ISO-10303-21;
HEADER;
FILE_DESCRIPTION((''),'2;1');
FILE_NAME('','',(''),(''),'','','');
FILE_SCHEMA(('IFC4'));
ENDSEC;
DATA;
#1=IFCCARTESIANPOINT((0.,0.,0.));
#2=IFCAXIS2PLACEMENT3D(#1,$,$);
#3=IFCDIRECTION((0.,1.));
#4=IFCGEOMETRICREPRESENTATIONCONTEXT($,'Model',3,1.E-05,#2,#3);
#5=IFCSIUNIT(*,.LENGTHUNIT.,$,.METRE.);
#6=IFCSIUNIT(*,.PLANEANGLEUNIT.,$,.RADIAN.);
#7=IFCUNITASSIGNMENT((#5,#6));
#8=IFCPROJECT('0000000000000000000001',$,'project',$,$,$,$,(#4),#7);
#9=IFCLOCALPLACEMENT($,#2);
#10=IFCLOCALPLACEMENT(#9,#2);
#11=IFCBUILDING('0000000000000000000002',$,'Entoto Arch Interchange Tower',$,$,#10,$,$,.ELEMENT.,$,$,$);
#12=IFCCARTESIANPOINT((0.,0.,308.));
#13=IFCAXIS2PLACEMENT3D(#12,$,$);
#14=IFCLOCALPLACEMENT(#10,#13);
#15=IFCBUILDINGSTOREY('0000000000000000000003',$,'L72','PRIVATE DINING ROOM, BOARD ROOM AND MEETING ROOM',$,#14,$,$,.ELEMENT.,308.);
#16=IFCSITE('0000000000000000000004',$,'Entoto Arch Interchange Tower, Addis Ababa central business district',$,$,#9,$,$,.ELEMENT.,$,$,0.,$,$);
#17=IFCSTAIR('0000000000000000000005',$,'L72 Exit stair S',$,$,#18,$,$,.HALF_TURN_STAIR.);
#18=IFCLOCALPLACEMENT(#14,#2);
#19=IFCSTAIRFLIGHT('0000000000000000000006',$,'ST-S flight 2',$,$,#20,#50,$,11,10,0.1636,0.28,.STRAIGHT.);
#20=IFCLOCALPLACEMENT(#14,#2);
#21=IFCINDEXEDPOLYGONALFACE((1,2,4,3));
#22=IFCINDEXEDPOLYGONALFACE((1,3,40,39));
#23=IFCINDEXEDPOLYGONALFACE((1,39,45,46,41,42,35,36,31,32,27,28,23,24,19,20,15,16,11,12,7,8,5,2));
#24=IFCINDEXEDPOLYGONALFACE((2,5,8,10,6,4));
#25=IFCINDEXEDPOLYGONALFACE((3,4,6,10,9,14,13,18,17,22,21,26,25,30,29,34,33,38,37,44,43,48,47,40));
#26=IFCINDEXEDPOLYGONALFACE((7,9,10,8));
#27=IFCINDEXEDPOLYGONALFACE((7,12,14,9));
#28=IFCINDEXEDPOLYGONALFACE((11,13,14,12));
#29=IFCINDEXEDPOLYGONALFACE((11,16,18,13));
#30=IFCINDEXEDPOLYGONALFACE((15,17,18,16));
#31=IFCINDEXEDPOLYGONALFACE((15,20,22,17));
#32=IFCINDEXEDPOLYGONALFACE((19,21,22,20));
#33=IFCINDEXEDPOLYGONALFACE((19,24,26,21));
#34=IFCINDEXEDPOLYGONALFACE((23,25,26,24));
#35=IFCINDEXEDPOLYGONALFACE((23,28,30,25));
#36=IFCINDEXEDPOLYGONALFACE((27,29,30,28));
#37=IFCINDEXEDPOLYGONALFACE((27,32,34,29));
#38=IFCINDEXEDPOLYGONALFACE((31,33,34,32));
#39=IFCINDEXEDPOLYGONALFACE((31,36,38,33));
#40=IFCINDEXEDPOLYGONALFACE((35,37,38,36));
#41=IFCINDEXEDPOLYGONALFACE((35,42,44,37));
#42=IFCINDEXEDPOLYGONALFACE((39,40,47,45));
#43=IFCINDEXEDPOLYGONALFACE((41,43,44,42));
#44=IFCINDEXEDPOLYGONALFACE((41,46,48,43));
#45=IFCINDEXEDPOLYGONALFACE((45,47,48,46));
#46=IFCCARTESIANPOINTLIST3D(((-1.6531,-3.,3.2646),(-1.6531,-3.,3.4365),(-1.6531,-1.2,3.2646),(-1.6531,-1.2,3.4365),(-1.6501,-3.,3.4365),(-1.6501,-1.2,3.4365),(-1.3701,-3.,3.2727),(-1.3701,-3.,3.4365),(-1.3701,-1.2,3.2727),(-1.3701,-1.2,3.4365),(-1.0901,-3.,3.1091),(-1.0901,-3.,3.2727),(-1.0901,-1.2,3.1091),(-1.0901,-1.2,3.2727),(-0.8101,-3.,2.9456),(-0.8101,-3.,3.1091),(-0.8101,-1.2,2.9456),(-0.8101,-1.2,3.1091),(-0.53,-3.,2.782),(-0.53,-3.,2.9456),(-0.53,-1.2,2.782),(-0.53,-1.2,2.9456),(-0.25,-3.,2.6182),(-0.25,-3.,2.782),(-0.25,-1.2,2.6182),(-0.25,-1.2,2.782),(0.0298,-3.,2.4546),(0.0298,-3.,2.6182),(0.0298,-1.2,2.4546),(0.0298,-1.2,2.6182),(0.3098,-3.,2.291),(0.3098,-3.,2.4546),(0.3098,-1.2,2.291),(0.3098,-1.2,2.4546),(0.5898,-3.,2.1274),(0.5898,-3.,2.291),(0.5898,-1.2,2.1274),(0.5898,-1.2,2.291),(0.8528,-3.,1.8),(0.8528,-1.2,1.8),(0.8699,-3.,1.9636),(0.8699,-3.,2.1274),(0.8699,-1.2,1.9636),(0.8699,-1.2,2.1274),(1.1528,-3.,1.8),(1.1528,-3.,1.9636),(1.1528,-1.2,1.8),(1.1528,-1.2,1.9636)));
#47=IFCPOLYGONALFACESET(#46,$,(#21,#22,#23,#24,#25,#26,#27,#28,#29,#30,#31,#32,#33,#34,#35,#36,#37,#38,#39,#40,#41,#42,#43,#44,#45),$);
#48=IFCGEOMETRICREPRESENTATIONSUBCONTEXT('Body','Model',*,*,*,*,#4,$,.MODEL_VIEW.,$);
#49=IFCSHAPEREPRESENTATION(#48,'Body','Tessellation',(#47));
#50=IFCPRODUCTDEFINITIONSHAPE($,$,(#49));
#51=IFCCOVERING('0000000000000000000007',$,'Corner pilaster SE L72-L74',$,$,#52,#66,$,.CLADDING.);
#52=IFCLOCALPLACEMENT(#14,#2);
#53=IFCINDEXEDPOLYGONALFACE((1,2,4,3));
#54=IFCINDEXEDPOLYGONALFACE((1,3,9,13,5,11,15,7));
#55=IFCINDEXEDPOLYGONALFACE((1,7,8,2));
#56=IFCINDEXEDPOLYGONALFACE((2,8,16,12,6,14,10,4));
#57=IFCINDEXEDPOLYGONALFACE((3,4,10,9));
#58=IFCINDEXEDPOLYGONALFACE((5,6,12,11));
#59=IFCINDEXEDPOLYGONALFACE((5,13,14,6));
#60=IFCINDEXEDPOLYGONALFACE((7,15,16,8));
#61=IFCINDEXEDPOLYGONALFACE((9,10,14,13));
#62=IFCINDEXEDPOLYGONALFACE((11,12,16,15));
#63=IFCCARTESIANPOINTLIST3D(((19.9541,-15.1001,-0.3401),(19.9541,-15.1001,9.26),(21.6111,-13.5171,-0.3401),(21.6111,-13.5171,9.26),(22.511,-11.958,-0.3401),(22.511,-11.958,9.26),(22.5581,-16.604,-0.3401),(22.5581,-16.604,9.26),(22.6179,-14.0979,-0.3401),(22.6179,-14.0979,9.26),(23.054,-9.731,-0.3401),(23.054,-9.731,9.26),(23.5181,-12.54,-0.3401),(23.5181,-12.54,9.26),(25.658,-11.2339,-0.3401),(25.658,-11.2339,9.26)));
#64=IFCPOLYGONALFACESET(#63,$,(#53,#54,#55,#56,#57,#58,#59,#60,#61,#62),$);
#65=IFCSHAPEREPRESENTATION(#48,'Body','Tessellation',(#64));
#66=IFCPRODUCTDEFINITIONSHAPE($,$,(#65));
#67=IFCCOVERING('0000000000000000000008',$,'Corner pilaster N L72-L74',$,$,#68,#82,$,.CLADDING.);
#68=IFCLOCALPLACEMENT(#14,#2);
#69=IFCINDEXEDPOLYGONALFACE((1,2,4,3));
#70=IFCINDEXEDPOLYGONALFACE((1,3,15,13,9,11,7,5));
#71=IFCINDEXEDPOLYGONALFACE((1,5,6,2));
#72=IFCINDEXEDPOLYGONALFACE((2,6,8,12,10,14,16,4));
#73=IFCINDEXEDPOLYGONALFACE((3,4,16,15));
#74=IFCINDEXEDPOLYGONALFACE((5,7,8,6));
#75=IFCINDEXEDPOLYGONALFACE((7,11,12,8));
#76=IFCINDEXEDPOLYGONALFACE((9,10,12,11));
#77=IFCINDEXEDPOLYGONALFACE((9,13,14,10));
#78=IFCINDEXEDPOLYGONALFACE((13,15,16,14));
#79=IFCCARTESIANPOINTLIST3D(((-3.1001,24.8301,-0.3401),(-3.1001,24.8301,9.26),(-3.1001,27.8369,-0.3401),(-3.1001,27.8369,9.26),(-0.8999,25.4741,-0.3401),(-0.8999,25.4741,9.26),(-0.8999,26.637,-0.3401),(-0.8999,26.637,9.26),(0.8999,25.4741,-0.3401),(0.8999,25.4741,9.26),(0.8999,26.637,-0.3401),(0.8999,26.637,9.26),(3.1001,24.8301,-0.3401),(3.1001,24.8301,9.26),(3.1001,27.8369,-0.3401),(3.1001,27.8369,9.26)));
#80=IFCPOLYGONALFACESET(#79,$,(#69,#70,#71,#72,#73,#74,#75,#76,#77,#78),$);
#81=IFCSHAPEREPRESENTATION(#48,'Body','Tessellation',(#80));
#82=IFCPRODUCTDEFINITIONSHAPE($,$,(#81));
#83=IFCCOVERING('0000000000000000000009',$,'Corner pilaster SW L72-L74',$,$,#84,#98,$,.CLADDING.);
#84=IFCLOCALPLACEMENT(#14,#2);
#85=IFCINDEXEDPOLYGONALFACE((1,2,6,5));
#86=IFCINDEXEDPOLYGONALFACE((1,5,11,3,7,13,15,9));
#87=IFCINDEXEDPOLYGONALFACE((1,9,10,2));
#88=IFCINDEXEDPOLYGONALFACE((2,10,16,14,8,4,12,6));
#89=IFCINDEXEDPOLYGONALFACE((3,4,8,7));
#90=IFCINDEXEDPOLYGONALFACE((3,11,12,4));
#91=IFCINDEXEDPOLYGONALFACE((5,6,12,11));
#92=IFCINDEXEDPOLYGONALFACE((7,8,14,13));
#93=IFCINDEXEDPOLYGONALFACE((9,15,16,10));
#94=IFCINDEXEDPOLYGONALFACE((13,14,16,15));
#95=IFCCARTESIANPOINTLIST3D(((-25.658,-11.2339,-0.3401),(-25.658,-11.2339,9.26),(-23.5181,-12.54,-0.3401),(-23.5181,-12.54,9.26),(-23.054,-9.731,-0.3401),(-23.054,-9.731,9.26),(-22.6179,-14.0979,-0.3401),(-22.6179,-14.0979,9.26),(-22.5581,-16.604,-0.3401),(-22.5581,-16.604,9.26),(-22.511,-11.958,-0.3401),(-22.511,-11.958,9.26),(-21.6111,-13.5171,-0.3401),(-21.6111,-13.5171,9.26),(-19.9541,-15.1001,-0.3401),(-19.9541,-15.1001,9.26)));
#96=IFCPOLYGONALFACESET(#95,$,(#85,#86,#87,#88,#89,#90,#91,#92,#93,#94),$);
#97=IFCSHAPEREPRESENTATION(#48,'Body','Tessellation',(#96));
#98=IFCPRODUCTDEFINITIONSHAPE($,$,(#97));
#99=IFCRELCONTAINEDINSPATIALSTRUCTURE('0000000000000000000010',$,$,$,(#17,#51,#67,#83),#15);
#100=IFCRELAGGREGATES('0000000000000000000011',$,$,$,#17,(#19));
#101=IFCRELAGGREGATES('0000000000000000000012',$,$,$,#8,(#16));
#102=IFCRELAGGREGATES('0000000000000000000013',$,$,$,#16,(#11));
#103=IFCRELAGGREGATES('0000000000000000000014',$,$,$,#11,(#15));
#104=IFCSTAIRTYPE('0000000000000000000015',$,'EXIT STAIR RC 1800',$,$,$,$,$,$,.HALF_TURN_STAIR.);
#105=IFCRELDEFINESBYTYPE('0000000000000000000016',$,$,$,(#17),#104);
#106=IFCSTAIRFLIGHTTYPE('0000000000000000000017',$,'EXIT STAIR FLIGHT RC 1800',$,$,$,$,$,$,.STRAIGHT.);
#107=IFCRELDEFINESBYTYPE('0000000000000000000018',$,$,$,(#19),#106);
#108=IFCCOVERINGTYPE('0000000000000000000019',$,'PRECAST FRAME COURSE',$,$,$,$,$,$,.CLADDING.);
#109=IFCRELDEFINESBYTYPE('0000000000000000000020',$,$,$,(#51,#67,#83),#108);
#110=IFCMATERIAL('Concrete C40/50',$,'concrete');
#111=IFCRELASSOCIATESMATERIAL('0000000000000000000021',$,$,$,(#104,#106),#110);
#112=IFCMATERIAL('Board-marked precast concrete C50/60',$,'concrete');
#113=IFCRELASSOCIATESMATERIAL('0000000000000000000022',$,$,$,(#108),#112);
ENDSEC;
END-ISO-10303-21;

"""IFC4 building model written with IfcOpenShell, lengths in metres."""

from ifc_helpers import new_model, si_unit, direction, frame, origin, place, context, subcontext, project, spatial, polyline, outline, extrude, material, type_object, element, aggregate, save


model = new_model("IFC4")

# Units and contexts
model_context = context("Model", 3, precision=1e-05, world=origin(), true_north=direction((0.0, 1.0)))
body_context = subcontext(model_context, "Body", "Model", "MODEL_VIEW")
ifc_project = project(units=[si_unit("LENGTHUNIT", "METRE"), si_unit("PLANEANGLEUNIT", "RADIAN")], contexts=[model_context])

# Site, building, storey
site_placement = place(None, origin())
site = spatial("IfcSite", under=ifc_project, at=site_placement, Name="Entoto Arch Interchange Tower, Addis Ababa central business district", CompositionType="ELEMENT", RefElevation=0.0)
building_placement = place(site_placement, origin())
building = spatial("IfcBuilding", under=site, at=building_placement, Name="Entoto Arch Interchange Tower", CompositionType="ELEMENT")
storey_placement = place(building_placement, frame((0.0, 0.0, 308.0)))
storey = spatial("IfcBuildingStorey", under=building, at=storey_placement, Name="L72", Description="PRIVATE DINING ROOM, BOARD ROOM AND MEETING ROOM", CompositionType="ELEMENT", Elevation=308.0)

# Shared definitions
ifc_material_1 = material(Name="Concrete C40/50", Category="concrete")

# Stair, stair flight
stair_type = type_object("IfcStairType", Name="EXIT STAIR RC 1800", PredefinedType="HALF_TURN_STAIR", material=ifc_material_1)
stair_placement = place(storey_placement, origin())
stair = element("IfcStair", 1, at=stair_placement, inside=storey, type_object=stair_type, Name="L72 Exit stair S", PredefinedType="HALF_TURN_STAIR")
stair_flight_type = type_object("IfcStairFlightType", Name="EXIT STAIR FLIGHT RC 1800", PredefinedType="STRAIGHT", material=ifc_material_1)
stair_flight_placement = place(storey_placement, frame((1.1499, -2.1001, 1.8), z_axis=(0.0, 0.0, 1.0), x_axis=(-1.0, 0.0, 0.0)))
stair_flight = element("IfcStairFlight", 2, at=stair_flight_placement, type_object=stair_flight_type, Name="ST-S flight 2", NumberOfRisers=11, NumberOfTreads=10, PredefinedType="STRAIGHT", RiserHeight=0.1636, TreadLength=0.28, context=body_context, shape_type="SweptSolid", body=[
    extrude(outline(polyline([(-0.0029, 0.0), (-0.0029, 0.1636), (0.28, 0.1636), (0.28, 0.3274), (0.5601, 0.3274), (0.5601, 0.491), (0.8401, 0.491), (0.8401, 0.6545), (1.1201, 0.6545), (1.1201, 0.8181), (1.3999, 0.8181), (1.3999, 0.9819), (1.6799, 0.9819), (1.6799, 1.1455), (1.96, 1.1455), (1.96, 1.3091), (2.24, 1.3091), (2.24, 1.4727), (2.52, 1.4727), (2.52, 1.6365), (2.8, 1.6365), (2.803, 1.6365), (2.803, 1.4646), (0.2971, 0.0), (-0.0029, 0.0)])), frame((0.0, 0.8999, 0.0), z_axis=(0.0, -1.0, 0.0), x_axis=(1.0, 0.0, 0.0)), (0.0, 0.0, 1.0), 1.8),
])
aggregate(stair, [stair_flight])

# Coverings
ifc_material_2 = material(Name="Board-marked precast concrete C50/60", Category="concrete")
covering_type_1 = type_object("IfcCoveringType", Name="PRECAST FRAME COURSE", PredefinedType="CLADDING", material=ifc_material_2)
covering_1_placement = place(storey_placement, frame((0.0, 0.0, -0.3401)))
element("IfcCovering", 3, at=covering_1_placement, inside=storey, type_object=covering_type_1, Name="Corner pilaster SE L72-L74", PredefinedType="CLADDING", context=body_context, shape_type="SweptSolid", body=[
    extrude(outline(polyline([(25.658, -11.2339), (22.5581, -16.604), (19.9541, -15.1001), (21.6111, -13.5171), (22.6179, -14.0979), (23.5181, -12.54), (22.511, -11.958), (23.054, -9.731), (25.658, -11.2339)])), origin(), (0.0, 0.0, 1.0), 9.6001),
])
covering_2_placement = place(storey_placement, frame((0.0, 0.0, -0.3401)))
element("IfcCovering", 4, at=covering_2_placement, inside=storey, type_object=covering_type_1, Name="Corner pilaster N L72-L74", PredefinedType="CLADDING", context=body_context, shape_type="SweptSolid", body=[
    extrude(outline(polyline([(-3.1001, 27.8369), (3.1001, 27.8369), (3.1001, 24.8301), (0.8999, 25.4741), (0.8999, 26.637), (-0.8999, 26.637), (-0.8999, 25.4741), (-3.1001, 24.8301), (-3.1001, 27.8369)])), origin(), (0.0, 0.0, 1.0), 9.6001),
])
covering_3_placement = place(storey_placement, frame((0.0, 0.0, -0.3401)))
element("IfcCovering", 5, at=covering_3_placement, inside=storey, type_object=covering_type_1, Name="Corner pilaster SW L72-L74", PredefinedType="CLADDING", context=body_context, shape_type="SweptSolid", body=[
    extrude(outline(polyline([(-22.5581, -16.604), (-25.658, -11.2339), (-23.054, -9.731), (-22.511, -11.958), (-23.5181, -12.54), (-22.6179, -14.0979), (-21.6111, -13.5171), (-19.9541, -15.1001), (-22.5581, -16.604)])), origin(), (0.0, 0.0, 1.0), 9.6001),
])

save(model, "model.ifc")
